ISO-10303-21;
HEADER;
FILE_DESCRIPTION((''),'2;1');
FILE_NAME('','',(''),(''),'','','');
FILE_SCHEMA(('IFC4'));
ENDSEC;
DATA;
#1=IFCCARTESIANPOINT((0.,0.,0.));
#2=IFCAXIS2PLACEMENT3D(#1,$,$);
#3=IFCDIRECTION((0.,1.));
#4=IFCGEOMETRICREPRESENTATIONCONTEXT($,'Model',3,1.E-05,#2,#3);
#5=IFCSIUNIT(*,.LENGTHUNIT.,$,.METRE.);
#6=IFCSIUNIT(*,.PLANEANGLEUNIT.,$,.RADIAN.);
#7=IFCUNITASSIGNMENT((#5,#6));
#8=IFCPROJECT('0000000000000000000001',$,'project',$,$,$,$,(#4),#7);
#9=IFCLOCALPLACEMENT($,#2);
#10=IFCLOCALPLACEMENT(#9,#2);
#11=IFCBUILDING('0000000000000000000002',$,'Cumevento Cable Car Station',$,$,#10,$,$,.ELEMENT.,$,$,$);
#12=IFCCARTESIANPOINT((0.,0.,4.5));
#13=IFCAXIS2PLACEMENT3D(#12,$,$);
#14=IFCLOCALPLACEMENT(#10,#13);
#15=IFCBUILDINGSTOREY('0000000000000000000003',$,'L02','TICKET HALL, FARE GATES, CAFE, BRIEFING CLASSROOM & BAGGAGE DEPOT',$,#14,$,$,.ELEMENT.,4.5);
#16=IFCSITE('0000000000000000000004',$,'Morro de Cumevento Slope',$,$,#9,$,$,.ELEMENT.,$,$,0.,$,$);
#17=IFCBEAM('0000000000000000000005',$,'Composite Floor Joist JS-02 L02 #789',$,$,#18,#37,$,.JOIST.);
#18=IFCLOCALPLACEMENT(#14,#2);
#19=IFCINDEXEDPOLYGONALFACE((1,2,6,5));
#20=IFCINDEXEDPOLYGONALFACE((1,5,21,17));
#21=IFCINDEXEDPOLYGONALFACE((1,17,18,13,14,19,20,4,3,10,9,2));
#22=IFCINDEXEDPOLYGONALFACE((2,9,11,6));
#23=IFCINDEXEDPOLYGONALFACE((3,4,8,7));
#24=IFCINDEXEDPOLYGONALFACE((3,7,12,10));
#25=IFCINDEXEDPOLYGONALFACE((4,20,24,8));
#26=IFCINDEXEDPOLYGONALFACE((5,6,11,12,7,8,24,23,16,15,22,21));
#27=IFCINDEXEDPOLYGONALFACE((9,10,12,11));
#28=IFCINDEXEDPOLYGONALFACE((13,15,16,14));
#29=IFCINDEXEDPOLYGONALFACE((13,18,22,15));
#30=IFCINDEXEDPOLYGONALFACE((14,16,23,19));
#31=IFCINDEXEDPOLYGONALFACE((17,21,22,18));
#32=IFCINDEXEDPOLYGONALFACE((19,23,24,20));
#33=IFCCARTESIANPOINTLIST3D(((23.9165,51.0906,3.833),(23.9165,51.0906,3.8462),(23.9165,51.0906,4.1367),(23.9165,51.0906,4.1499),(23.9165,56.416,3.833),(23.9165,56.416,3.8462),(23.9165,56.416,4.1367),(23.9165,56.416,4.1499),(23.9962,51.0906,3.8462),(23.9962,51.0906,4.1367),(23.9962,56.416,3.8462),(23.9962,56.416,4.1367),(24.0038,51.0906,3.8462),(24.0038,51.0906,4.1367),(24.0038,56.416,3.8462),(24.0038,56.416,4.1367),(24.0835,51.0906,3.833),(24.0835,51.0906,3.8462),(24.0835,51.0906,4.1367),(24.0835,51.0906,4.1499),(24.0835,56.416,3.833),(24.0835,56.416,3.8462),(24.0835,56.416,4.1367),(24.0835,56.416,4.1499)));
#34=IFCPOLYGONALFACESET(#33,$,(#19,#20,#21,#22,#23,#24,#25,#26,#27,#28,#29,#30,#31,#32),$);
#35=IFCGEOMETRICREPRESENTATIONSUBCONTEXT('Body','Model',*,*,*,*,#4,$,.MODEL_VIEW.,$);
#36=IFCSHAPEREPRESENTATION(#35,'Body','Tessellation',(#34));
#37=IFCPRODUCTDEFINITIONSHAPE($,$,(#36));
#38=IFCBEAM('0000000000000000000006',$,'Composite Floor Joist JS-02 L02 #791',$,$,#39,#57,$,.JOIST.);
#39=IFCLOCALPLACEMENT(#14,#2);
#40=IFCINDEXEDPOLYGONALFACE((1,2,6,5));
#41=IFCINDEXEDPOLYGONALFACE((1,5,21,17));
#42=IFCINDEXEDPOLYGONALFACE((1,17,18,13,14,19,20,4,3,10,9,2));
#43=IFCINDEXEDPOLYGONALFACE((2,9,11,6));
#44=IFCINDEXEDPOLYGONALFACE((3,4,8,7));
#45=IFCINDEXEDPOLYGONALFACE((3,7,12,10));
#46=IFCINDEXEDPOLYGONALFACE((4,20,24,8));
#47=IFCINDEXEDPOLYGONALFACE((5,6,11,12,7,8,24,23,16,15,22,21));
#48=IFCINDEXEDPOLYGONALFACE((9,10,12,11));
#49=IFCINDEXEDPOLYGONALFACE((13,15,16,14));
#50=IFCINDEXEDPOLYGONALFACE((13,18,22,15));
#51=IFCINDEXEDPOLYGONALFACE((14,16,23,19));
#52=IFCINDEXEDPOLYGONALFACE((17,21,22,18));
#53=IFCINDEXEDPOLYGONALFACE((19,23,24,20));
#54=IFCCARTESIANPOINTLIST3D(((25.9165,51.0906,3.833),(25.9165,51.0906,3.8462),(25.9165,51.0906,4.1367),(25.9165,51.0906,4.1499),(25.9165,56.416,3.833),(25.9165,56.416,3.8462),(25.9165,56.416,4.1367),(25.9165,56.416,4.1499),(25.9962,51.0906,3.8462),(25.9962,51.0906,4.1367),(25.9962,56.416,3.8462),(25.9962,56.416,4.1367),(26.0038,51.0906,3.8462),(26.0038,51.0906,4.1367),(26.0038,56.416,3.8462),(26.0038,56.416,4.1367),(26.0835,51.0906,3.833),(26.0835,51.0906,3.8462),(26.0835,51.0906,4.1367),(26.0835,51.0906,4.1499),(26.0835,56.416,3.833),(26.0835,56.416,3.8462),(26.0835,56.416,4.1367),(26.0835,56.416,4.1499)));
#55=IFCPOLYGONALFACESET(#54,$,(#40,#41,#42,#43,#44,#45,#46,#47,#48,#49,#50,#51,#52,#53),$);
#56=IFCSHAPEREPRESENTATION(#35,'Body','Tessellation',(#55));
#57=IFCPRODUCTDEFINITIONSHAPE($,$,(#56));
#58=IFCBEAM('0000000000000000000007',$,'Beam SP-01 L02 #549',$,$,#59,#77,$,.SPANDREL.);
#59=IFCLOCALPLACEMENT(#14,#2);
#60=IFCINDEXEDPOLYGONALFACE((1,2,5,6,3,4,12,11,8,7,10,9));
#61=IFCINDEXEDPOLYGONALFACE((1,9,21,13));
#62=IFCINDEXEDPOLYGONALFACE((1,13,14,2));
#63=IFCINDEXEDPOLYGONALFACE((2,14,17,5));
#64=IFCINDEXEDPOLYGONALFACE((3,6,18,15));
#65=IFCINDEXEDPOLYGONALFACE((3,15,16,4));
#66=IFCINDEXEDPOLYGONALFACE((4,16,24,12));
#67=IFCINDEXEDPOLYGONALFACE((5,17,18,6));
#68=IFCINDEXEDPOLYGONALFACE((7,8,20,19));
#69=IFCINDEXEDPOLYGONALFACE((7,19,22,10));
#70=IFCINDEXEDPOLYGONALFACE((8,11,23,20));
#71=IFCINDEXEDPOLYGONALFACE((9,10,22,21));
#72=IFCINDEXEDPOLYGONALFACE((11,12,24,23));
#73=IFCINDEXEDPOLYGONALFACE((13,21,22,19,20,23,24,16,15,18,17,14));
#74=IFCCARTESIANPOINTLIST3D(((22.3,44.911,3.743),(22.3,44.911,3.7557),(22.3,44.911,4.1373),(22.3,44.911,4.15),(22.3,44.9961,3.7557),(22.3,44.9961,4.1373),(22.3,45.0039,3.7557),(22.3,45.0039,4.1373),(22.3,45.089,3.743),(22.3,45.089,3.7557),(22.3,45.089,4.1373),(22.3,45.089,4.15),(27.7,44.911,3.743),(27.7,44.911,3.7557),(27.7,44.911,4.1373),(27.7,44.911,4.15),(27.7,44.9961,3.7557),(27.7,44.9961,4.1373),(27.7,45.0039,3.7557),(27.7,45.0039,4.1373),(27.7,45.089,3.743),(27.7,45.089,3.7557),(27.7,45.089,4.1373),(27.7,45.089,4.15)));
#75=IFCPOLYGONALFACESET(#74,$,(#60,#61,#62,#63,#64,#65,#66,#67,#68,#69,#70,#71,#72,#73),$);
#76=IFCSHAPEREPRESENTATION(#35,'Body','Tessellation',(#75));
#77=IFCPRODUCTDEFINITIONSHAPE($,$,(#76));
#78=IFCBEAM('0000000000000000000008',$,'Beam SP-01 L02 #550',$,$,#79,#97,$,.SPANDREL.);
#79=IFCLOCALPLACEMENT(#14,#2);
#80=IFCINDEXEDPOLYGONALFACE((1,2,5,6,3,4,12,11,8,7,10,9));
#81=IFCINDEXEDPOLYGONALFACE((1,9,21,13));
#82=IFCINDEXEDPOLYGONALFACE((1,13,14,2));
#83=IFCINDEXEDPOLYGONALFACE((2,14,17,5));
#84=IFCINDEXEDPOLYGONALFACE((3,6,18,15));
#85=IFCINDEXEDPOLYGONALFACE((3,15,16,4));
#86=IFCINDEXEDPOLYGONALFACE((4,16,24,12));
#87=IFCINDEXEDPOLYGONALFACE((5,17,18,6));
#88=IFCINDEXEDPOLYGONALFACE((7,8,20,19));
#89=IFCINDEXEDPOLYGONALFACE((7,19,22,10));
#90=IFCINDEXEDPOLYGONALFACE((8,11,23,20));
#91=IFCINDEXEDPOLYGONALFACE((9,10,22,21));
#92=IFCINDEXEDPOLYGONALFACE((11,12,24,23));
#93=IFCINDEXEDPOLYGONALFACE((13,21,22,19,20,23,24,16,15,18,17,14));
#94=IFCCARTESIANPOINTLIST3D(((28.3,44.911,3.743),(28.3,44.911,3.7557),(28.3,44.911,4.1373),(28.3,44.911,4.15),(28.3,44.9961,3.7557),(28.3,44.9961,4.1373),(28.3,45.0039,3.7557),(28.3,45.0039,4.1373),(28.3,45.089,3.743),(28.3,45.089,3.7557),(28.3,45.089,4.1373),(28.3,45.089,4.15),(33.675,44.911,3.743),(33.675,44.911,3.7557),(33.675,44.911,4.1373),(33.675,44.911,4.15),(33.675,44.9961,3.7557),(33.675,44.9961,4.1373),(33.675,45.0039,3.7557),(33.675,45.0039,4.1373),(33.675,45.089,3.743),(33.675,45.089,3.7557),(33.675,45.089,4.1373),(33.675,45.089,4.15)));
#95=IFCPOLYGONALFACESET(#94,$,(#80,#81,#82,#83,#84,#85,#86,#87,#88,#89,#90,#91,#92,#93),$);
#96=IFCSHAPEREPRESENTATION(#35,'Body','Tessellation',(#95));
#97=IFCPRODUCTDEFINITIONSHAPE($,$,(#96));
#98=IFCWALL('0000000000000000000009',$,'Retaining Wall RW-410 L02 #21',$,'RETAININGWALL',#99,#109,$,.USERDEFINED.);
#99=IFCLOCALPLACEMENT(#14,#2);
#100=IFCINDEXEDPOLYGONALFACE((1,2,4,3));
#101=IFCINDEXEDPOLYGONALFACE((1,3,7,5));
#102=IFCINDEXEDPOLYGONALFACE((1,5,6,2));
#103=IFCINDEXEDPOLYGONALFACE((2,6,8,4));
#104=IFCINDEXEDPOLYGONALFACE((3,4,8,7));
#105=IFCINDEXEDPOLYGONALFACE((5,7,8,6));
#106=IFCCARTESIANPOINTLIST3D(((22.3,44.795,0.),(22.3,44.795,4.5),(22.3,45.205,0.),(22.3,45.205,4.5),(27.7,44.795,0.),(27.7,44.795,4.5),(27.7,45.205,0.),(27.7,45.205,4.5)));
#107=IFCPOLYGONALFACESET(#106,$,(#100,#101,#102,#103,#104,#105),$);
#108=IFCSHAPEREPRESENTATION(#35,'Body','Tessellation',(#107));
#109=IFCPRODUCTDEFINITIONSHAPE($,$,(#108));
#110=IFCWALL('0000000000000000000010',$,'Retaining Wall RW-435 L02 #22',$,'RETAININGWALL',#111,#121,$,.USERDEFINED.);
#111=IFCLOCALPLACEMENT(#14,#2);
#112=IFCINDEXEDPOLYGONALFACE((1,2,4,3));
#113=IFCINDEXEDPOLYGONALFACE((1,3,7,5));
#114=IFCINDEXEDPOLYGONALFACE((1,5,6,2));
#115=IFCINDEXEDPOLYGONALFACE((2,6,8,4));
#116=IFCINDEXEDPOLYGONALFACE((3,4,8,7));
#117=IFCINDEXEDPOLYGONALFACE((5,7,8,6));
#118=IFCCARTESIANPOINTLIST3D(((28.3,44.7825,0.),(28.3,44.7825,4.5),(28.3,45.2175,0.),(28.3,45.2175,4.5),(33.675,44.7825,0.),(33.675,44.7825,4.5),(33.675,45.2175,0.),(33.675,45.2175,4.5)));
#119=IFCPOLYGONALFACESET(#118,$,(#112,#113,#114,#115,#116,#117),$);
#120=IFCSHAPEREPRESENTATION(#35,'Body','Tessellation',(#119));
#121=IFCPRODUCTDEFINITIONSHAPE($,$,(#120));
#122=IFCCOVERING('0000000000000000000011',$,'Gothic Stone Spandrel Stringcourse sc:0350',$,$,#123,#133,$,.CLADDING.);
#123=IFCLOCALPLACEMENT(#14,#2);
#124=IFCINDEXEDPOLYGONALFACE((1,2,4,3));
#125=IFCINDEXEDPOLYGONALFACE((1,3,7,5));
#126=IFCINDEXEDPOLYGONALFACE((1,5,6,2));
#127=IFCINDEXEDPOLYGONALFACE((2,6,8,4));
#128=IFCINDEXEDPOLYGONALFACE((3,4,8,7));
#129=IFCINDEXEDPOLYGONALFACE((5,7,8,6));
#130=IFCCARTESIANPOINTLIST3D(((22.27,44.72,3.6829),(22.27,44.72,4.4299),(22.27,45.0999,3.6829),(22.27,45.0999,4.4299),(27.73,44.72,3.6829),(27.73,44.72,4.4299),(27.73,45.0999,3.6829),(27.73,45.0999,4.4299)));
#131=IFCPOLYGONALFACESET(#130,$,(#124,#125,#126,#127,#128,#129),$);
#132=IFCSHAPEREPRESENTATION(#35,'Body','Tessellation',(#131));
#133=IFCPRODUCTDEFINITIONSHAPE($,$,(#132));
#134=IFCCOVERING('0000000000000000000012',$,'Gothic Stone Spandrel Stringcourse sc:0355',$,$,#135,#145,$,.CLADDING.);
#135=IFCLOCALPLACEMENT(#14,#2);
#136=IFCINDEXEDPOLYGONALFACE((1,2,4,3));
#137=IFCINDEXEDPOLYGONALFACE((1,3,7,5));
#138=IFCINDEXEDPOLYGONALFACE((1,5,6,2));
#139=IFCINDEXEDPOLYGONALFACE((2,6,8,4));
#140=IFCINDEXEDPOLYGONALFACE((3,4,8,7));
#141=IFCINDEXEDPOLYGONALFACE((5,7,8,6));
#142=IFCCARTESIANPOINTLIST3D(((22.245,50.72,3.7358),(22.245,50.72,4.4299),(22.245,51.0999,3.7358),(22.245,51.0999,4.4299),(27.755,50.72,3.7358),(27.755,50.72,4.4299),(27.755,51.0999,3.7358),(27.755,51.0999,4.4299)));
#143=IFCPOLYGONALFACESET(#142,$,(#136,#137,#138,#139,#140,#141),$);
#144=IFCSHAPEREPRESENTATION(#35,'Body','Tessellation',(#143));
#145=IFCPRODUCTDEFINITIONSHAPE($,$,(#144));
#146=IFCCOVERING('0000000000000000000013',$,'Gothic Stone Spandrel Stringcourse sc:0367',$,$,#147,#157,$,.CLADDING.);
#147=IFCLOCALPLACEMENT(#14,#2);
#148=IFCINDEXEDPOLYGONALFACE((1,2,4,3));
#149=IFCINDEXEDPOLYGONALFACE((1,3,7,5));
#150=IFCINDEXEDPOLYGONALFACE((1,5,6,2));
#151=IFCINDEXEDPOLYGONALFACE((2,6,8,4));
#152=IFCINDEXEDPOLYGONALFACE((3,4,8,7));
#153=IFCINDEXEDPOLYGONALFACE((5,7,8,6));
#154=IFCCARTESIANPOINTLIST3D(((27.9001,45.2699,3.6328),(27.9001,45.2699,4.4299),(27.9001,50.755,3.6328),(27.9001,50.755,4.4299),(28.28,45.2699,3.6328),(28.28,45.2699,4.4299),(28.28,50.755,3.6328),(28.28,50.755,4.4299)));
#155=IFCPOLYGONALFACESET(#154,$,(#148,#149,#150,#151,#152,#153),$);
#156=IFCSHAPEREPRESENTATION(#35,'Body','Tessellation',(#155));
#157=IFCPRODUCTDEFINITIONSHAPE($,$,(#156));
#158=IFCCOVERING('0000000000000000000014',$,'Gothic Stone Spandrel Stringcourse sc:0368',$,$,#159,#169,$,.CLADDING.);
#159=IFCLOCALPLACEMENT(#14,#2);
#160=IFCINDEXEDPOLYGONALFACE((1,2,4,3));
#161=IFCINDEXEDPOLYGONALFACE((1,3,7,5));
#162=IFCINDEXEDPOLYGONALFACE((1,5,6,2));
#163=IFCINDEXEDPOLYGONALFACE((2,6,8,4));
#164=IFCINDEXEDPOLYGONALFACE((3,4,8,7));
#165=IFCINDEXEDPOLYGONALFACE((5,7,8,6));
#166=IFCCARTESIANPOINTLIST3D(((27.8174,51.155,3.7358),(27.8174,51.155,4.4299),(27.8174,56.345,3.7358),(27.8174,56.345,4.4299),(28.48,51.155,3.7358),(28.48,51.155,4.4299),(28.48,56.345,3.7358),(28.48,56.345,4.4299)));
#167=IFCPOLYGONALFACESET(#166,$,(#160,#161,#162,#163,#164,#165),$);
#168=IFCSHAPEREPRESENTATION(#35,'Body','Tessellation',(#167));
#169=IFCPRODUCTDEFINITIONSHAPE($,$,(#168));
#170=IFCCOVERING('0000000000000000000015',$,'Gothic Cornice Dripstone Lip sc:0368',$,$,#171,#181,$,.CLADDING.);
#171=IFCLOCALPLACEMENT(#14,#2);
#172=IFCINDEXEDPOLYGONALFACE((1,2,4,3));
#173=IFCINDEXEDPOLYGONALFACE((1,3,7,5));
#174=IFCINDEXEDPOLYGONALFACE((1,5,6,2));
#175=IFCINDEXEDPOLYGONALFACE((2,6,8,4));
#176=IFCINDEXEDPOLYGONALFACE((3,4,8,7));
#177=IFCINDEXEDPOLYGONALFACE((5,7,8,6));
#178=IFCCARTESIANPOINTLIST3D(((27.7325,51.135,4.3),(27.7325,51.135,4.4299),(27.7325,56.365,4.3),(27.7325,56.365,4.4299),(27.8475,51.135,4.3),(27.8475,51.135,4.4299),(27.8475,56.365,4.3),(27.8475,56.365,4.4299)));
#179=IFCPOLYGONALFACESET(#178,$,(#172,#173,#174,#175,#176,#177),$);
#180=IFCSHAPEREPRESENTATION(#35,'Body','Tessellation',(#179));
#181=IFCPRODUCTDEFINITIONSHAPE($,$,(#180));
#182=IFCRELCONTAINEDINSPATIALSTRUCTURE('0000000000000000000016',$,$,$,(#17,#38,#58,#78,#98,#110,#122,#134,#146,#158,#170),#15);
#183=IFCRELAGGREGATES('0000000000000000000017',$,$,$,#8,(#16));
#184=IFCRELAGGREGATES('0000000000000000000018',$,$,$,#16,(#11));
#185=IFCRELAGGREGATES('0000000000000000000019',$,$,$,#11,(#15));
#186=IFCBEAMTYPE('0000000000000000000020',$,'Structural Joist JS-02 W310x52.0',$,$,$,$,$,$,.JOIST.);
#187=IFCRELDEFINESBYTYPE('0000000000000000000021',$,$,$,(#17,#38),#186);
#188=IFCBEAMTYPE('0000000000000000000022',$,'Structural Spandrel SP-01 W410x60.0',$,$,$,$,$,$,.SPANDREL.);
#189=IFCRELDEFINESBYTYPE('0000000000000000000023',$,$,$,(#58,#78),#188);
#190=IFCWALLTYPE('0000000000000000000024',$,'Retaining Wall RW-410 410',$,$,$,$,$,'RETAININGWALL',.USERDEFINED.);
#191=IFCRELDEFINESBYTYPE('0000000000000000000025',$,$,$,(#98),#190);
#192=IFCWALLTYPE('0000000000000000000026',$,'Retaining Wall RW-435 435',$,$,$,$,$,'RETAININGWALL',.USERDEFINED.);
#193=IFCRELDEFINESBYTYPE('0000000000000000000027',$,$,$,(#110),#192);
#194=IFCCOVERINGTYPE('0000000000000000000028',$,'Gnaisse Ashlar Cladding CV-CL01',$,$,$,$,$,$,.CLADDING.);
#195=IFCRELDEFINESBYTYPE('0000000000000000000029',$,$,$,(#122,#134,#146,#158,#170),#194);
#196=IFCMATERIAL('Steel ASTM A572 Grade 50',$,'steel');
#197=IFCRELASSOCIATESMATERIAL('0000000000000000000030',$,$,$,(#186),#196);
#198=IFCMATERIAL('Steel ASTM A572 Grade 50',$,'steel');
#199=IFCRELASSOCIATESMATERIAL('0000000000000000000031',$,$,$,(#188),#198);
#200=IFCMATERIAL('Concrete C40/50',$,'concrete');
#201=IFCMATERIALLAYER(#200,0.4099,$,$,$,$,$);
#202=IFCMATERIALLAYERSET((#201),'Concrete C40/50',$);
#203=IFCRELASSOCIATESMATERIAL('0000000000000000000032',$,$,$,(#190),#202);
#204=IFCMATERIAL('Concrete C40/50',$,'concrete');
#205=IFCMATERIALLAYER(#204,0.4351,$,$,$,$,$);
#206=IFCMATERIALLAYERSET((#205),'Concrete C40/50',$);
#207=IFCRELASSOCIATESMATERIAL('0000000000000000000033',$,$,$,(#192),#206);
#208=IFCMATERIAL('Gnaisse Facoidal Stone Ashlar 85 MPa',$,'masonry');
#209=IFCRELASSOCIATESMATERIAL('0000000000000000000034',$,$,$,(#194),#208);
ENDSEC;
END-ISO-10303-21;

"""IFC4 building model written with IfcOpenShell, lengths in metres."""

from ifc_helpers import new_model, si_unit, direction, frame, frame_2d, origin, origin_2d, place, context, subcontext, project, spatial, rectangle, i_section, extrude, material, layer, layer_set, material_profile, profile_set, type_object, element, save


model = new_model("IFC4")

# Units and contexts
model_context = context("Model", 3, precision=1e-05, world=origin(), true_north=direction((0.0, 1.0)))
body_context = subcontext(model_context, "Body", "Model", "MODEL_VIEW")
ifc_project = project(units=[si_unit("LENGTHUNIT", "METRE"), si_unit("PLANEANGLEUNIT", "RADIAN")], contexts=[model_context])

# Site, building, storey
site_placement = place(None, origin())
site = spatial("IfcSite", under=ifc_project, at=site_placement, Name="Morro de Cumevento Slope", CompositionType="ELEMENT", RefElevation=0.0)
building_placement = place(site_placement, origin())
building = spatial("IfcBuilding", under=site, at=building_placement, Name="Cumevento Cable Car Station", CompositionType="ELEMENT")
storey_placement = place(building_placement, frame((0.0, 0.0, 4.5)))
storey = spatial("IfcBuildingStorey", under=building, at=storey_placement, Name="L02", Description="TICKET HALL, FARE GATES, CAFE, BRIEFING CLASSROOM & BAGGAGE DEPOT", CompositionType="ELEMENT", Elevation=4.5)

# Beams
ifc_material_1 = material(Name="Steel ASTM A572 Grade 50", Category="steel")
ifc_material_profile_1 = material_profile(ifc_material_1, i_section(OverallWidth=0.167, OverallDepth=0.3169, WebThickness=0.0076, FlangeThickness=0.0132, at=origin_2d()), Name="W310x52.0")
ifc_profile_set_1 = profile_set([ifc_material_profile_1], Name="Steel ASTM A572 Grade 50")
beam_type_1 = type_object("IfcBeamType", Name="Structural Joist JS-02 W310x52.0", PredefinedType="JOIST", material=ifc_profile_set_1)
for number, where, z_axis, x_axis, name in (
    (1, (24.0, 51.0906, 3.9915), (0.0, 1.0, 0.0), (-1.0, 0.0, 0.0), "Composite Floor Joist JS-02 L02 #789"),
    (2, (26.0, 51.0906, 3.9915), (0.0, 1.0, 0.0), (-1.0, 0.0, 0.0), "Composite Floor Joist JS-02 L02 #791"),
):
    element("IfcBeam", number, at=place(storey_placement, frame(where, z_axis=z_axis, x_axis=x_axis)), inside=storey, type_object=beam_type_1, Name=name, PredefinedType="JOIST", context=body_context, shape_type="SweptSolid", body=[
        extrude(i_section(OverallWidth=0.167, OverallDepth=0.3169, WebThickness=0.0076, FlangeThickness=0.0132, at=origin_2d()), origin(), (0.0, 0.0, 1.0), 5.3254),
    ])
ifc_material_2 = material(Name="Steel ASTM A572 Grade 50", Category="steel")
ifc_material_profile_2 = material_profile(ifc_material_2, i_section(OverallWidth=0.178, OverallDepth=0.407, WebThickness=0.0078, FlangeThickness=0.0127, at=origin_2d()), Name="W410x60.0")
ifc_profile_set_2 = profile_set([ifc_material_profile_2], Name="Steel ASTM A572 Grade 50")
beam_type_2 = type_object("IfcBeamType", Name="Structural Spandrel SP-01 W410x60.0", PredefinedType="SPANDREL", material=ifc_profile_set_2)
beam_1_placement = place(storey_placement, frame((22.3, 45.0, 3.9465), z_axis=(1.0, 0.0, 0.0), x_axis=(0.0, 1.0, 0.0)))
element("IfcBeam", 3, at=beam_1_placement, inside=storey, type_object=beam_type_2, Name="Beam SP-01 L02 #549", PredefinedType="SPANDREL", context=body_context, shape_type="SweptSolid", body=[
    extrude(i_section(OverallWidth=0.178, OverallDepth=0.407, WebThickness=0.0078, FlangeThickness=0.0127, at=origin_2d()), origin(), (0.0, 0.0, 1.0), 5.3999),
])
beam_2_placement = place(storey_placement, frame((28.3, 45.0, 3.9465), z_axis=(1.0, 0.0, 0.0), x_axis=(0.0, 1.0, 0.0)))
element("IfcBeam", 4, at=beam_2_placement, inside=storey, type_object=beam_type_2, Name="Beam SP-01 L02 #550", PredefinedType="SPANDREL", context=body_context, shape_type="SweptSolid", body=[
    extrude(i_section(OverallWidth=0.178, OverallDepth=0.407, WebThickness=0.0078, FlangeThickness=0.0127, at=origin_2d()), origin(), (0.0, 0.0, 1.0), 5.375),
])

# Walls
ifc_material_3 = material(Name="Concrete C40/50", Category="concrete")
ifc_layer_1 = layer(ifc_material_3, 0.4099)
ifc_layer_set_1 = layer_set([ifc_layer_1], Name="Concrete C40/50")
wall_type_1 = type_object("IfcWallType", Name="Retaining Wall RW-410 410", ElementType="RETAININGWALL", PredefinedType="USERDEFINED", material=ifc_layer_set_1)
wall_1_placement = place(storey_placement, frame((22.3, 45.0, 0.0), z_axis=(0.0, 0.0, 1.0), x_axis=(1.0, 0.0, 0.0)))
element("IfcWall", 5, at=wall_1_placement, inside=storey, type_object=wall_type_1, Name="Retaining Wall RW-410 L02 #21", ObjectType="RETAININGWALL", PredefinedType="USERDEFINED", context=body_context, shape_type="SweptSolid", body=[
    extrude(rectangle(XDim=5.3999, YDim=0.4099, at=frame_2d((2.7, 0.0))), origin(), (0.0, 0.0, 1.0), 4.5),
])
ifc_material_4 = material(Name="Concrete C40/50", Category="concrete")
ifc_layer_2 = layer(ifc_material_4, 0.4351)
ifc_layer_set_2 = layer_set([ifc_layer_2], Name="Concrete C40/50")
wall_type_2 = type_object("IfcWallType", Name="Retaining Wall RW-435 435", ElementType="RETAININGWALL", PredefinedType="USERDEFINED", material=ifc_layer_set_2)
wall_2_placement = place(storey_placement, frame((28.3, 45.0, 0.0), z_axis=(0.0, 0.0, 1.0), x_axis=(1.0, 0.0, 0.0)))
element("IfcWall", 6, at=wall_2_placement, inside=storey, type_object=wall_type_2, Name="Retaining Wall RW-435 L02 #22", ObjectType="RETAININGWALL", PredefinedType="USERDEFINED", context=body_context, shape_type="SweptSolid", body=[
    extrude(rectangle(XDim=5.375, YDim=0.4351, at=frame_2d((2.6875, 0.0))), origin(), (0.0, 0.0, 1.0), 4.5),
])

# Coverings
ifc_material_5 = material(Name="Gnaisse Facoidal Stone Ashlar 85 MPa", Category="masonry")
covering_type = type_object("IfcCoveringType", Name="Gnaisse Ashlar Cladding CV-CL01", PredefinedType="CLADDING", material=ifc_material_5)
covering_1_placement = place(storey_placement, frame((25.0, 44.9099, 3.6829), z_axis=(0.0, 0.0, 1.0), x_axis=(1.0, 0.0, 0.0)))
element("IfcCovering", 7, at=covering_1_placement, inside=storey, type_object=covering_type, Name="Gothic Stone Spandrel Stringcourse sc:0350", PredefinedType="CLADDING", context=body_context, shape_type="SweptSolid", body=[
    extrude(rectangle(XDim=5.46, YDim=0.3799, at=origin_2d()), origin(), (0.0, 0.0, 1.0), 0.7471),
])
covering_2_placement = place(storey_placement, frame((25.0, 50.9099, 3.7358), z_axis=(0.0, 0.0, 1.0), x_axis=(1.0, 0.0, 0.0)))
element("IfcCovering", 8, at=covering_2_placement, inside=storey, type_object=covering_type, Name="Gothic Stone Spandrel Stringcourse sc:0355", PredefinedType="CLADDING", context=body_context, shape_type="SweptSolid", body=[
    extrude(rectangle(XDim=5.51, YDim=0.3799, at=origin_2d()), origin(), (0.0, 0.0, 1.0), 0.6941),
])
covering_3_placement = place(storey_placement, frame((28.0901, 48.0125, 3.6328), z_axis=(0.0, 0.0, 1.0), x_axis=(0.0, 1.0, 0.0)))
element("IfcCovering", 9, at=covering_3_placement, inside=storey, type_object=covering_type, Name="Gothic Stone Spandrel Stringcourse sc:0367", PredefinedType="CLADDING", context=body_context, shape_type="SweptSolid", body=[
    extrude(rectangle(XDim=5.4851, YDim=0.3799, at=origin_2d()), origin(), (0.0, 0.0, 1.0), 0.7971),
])
covering_4_placement = place(storey_placement, frame((28.1487, 53.75, 3.7358), z_axis=(0.0, 0.0, 1.0), x_axis=(0.0, 1.0, 0.0)))
element("IfcCovering", 10, at=covering_4_placement, inside=storey, type_object=covering_type, Name="Gothic Stone Spandrel Stringcourse sc:0368", PredefinedType="CLADDING", context=body_context, shape_type="SweptSolid", body=[
    extrude(rectangle(XDim=5.1899, YDim=0.6626, at=origin_2d()), origin(), (0.0, 0.0, 1.0), 0.6941),
])
covering_5_placement = place(storey_placement, frame((27.79, 53.75, 4.3), z_axis=(0.0, 0.0, 1.0), x_axis=(0.0, 1.0, 0.0)))
element("IfcCovering", 11, at=covering_5_placement, inside=storey, type_object=covering_type, Name="Gothic Cornice Dripstone Lip sc:0368", PredefinedType="CLADDING", context=body_context, shape_type="SweptSolid", body=[
    extrude(rectangle(XDim=5.23, YDim=0.115, at=origin_2d()), origin(), (0.0, 0.0, 1.0), 0.1299),
])

save(model, "model.ifc")
